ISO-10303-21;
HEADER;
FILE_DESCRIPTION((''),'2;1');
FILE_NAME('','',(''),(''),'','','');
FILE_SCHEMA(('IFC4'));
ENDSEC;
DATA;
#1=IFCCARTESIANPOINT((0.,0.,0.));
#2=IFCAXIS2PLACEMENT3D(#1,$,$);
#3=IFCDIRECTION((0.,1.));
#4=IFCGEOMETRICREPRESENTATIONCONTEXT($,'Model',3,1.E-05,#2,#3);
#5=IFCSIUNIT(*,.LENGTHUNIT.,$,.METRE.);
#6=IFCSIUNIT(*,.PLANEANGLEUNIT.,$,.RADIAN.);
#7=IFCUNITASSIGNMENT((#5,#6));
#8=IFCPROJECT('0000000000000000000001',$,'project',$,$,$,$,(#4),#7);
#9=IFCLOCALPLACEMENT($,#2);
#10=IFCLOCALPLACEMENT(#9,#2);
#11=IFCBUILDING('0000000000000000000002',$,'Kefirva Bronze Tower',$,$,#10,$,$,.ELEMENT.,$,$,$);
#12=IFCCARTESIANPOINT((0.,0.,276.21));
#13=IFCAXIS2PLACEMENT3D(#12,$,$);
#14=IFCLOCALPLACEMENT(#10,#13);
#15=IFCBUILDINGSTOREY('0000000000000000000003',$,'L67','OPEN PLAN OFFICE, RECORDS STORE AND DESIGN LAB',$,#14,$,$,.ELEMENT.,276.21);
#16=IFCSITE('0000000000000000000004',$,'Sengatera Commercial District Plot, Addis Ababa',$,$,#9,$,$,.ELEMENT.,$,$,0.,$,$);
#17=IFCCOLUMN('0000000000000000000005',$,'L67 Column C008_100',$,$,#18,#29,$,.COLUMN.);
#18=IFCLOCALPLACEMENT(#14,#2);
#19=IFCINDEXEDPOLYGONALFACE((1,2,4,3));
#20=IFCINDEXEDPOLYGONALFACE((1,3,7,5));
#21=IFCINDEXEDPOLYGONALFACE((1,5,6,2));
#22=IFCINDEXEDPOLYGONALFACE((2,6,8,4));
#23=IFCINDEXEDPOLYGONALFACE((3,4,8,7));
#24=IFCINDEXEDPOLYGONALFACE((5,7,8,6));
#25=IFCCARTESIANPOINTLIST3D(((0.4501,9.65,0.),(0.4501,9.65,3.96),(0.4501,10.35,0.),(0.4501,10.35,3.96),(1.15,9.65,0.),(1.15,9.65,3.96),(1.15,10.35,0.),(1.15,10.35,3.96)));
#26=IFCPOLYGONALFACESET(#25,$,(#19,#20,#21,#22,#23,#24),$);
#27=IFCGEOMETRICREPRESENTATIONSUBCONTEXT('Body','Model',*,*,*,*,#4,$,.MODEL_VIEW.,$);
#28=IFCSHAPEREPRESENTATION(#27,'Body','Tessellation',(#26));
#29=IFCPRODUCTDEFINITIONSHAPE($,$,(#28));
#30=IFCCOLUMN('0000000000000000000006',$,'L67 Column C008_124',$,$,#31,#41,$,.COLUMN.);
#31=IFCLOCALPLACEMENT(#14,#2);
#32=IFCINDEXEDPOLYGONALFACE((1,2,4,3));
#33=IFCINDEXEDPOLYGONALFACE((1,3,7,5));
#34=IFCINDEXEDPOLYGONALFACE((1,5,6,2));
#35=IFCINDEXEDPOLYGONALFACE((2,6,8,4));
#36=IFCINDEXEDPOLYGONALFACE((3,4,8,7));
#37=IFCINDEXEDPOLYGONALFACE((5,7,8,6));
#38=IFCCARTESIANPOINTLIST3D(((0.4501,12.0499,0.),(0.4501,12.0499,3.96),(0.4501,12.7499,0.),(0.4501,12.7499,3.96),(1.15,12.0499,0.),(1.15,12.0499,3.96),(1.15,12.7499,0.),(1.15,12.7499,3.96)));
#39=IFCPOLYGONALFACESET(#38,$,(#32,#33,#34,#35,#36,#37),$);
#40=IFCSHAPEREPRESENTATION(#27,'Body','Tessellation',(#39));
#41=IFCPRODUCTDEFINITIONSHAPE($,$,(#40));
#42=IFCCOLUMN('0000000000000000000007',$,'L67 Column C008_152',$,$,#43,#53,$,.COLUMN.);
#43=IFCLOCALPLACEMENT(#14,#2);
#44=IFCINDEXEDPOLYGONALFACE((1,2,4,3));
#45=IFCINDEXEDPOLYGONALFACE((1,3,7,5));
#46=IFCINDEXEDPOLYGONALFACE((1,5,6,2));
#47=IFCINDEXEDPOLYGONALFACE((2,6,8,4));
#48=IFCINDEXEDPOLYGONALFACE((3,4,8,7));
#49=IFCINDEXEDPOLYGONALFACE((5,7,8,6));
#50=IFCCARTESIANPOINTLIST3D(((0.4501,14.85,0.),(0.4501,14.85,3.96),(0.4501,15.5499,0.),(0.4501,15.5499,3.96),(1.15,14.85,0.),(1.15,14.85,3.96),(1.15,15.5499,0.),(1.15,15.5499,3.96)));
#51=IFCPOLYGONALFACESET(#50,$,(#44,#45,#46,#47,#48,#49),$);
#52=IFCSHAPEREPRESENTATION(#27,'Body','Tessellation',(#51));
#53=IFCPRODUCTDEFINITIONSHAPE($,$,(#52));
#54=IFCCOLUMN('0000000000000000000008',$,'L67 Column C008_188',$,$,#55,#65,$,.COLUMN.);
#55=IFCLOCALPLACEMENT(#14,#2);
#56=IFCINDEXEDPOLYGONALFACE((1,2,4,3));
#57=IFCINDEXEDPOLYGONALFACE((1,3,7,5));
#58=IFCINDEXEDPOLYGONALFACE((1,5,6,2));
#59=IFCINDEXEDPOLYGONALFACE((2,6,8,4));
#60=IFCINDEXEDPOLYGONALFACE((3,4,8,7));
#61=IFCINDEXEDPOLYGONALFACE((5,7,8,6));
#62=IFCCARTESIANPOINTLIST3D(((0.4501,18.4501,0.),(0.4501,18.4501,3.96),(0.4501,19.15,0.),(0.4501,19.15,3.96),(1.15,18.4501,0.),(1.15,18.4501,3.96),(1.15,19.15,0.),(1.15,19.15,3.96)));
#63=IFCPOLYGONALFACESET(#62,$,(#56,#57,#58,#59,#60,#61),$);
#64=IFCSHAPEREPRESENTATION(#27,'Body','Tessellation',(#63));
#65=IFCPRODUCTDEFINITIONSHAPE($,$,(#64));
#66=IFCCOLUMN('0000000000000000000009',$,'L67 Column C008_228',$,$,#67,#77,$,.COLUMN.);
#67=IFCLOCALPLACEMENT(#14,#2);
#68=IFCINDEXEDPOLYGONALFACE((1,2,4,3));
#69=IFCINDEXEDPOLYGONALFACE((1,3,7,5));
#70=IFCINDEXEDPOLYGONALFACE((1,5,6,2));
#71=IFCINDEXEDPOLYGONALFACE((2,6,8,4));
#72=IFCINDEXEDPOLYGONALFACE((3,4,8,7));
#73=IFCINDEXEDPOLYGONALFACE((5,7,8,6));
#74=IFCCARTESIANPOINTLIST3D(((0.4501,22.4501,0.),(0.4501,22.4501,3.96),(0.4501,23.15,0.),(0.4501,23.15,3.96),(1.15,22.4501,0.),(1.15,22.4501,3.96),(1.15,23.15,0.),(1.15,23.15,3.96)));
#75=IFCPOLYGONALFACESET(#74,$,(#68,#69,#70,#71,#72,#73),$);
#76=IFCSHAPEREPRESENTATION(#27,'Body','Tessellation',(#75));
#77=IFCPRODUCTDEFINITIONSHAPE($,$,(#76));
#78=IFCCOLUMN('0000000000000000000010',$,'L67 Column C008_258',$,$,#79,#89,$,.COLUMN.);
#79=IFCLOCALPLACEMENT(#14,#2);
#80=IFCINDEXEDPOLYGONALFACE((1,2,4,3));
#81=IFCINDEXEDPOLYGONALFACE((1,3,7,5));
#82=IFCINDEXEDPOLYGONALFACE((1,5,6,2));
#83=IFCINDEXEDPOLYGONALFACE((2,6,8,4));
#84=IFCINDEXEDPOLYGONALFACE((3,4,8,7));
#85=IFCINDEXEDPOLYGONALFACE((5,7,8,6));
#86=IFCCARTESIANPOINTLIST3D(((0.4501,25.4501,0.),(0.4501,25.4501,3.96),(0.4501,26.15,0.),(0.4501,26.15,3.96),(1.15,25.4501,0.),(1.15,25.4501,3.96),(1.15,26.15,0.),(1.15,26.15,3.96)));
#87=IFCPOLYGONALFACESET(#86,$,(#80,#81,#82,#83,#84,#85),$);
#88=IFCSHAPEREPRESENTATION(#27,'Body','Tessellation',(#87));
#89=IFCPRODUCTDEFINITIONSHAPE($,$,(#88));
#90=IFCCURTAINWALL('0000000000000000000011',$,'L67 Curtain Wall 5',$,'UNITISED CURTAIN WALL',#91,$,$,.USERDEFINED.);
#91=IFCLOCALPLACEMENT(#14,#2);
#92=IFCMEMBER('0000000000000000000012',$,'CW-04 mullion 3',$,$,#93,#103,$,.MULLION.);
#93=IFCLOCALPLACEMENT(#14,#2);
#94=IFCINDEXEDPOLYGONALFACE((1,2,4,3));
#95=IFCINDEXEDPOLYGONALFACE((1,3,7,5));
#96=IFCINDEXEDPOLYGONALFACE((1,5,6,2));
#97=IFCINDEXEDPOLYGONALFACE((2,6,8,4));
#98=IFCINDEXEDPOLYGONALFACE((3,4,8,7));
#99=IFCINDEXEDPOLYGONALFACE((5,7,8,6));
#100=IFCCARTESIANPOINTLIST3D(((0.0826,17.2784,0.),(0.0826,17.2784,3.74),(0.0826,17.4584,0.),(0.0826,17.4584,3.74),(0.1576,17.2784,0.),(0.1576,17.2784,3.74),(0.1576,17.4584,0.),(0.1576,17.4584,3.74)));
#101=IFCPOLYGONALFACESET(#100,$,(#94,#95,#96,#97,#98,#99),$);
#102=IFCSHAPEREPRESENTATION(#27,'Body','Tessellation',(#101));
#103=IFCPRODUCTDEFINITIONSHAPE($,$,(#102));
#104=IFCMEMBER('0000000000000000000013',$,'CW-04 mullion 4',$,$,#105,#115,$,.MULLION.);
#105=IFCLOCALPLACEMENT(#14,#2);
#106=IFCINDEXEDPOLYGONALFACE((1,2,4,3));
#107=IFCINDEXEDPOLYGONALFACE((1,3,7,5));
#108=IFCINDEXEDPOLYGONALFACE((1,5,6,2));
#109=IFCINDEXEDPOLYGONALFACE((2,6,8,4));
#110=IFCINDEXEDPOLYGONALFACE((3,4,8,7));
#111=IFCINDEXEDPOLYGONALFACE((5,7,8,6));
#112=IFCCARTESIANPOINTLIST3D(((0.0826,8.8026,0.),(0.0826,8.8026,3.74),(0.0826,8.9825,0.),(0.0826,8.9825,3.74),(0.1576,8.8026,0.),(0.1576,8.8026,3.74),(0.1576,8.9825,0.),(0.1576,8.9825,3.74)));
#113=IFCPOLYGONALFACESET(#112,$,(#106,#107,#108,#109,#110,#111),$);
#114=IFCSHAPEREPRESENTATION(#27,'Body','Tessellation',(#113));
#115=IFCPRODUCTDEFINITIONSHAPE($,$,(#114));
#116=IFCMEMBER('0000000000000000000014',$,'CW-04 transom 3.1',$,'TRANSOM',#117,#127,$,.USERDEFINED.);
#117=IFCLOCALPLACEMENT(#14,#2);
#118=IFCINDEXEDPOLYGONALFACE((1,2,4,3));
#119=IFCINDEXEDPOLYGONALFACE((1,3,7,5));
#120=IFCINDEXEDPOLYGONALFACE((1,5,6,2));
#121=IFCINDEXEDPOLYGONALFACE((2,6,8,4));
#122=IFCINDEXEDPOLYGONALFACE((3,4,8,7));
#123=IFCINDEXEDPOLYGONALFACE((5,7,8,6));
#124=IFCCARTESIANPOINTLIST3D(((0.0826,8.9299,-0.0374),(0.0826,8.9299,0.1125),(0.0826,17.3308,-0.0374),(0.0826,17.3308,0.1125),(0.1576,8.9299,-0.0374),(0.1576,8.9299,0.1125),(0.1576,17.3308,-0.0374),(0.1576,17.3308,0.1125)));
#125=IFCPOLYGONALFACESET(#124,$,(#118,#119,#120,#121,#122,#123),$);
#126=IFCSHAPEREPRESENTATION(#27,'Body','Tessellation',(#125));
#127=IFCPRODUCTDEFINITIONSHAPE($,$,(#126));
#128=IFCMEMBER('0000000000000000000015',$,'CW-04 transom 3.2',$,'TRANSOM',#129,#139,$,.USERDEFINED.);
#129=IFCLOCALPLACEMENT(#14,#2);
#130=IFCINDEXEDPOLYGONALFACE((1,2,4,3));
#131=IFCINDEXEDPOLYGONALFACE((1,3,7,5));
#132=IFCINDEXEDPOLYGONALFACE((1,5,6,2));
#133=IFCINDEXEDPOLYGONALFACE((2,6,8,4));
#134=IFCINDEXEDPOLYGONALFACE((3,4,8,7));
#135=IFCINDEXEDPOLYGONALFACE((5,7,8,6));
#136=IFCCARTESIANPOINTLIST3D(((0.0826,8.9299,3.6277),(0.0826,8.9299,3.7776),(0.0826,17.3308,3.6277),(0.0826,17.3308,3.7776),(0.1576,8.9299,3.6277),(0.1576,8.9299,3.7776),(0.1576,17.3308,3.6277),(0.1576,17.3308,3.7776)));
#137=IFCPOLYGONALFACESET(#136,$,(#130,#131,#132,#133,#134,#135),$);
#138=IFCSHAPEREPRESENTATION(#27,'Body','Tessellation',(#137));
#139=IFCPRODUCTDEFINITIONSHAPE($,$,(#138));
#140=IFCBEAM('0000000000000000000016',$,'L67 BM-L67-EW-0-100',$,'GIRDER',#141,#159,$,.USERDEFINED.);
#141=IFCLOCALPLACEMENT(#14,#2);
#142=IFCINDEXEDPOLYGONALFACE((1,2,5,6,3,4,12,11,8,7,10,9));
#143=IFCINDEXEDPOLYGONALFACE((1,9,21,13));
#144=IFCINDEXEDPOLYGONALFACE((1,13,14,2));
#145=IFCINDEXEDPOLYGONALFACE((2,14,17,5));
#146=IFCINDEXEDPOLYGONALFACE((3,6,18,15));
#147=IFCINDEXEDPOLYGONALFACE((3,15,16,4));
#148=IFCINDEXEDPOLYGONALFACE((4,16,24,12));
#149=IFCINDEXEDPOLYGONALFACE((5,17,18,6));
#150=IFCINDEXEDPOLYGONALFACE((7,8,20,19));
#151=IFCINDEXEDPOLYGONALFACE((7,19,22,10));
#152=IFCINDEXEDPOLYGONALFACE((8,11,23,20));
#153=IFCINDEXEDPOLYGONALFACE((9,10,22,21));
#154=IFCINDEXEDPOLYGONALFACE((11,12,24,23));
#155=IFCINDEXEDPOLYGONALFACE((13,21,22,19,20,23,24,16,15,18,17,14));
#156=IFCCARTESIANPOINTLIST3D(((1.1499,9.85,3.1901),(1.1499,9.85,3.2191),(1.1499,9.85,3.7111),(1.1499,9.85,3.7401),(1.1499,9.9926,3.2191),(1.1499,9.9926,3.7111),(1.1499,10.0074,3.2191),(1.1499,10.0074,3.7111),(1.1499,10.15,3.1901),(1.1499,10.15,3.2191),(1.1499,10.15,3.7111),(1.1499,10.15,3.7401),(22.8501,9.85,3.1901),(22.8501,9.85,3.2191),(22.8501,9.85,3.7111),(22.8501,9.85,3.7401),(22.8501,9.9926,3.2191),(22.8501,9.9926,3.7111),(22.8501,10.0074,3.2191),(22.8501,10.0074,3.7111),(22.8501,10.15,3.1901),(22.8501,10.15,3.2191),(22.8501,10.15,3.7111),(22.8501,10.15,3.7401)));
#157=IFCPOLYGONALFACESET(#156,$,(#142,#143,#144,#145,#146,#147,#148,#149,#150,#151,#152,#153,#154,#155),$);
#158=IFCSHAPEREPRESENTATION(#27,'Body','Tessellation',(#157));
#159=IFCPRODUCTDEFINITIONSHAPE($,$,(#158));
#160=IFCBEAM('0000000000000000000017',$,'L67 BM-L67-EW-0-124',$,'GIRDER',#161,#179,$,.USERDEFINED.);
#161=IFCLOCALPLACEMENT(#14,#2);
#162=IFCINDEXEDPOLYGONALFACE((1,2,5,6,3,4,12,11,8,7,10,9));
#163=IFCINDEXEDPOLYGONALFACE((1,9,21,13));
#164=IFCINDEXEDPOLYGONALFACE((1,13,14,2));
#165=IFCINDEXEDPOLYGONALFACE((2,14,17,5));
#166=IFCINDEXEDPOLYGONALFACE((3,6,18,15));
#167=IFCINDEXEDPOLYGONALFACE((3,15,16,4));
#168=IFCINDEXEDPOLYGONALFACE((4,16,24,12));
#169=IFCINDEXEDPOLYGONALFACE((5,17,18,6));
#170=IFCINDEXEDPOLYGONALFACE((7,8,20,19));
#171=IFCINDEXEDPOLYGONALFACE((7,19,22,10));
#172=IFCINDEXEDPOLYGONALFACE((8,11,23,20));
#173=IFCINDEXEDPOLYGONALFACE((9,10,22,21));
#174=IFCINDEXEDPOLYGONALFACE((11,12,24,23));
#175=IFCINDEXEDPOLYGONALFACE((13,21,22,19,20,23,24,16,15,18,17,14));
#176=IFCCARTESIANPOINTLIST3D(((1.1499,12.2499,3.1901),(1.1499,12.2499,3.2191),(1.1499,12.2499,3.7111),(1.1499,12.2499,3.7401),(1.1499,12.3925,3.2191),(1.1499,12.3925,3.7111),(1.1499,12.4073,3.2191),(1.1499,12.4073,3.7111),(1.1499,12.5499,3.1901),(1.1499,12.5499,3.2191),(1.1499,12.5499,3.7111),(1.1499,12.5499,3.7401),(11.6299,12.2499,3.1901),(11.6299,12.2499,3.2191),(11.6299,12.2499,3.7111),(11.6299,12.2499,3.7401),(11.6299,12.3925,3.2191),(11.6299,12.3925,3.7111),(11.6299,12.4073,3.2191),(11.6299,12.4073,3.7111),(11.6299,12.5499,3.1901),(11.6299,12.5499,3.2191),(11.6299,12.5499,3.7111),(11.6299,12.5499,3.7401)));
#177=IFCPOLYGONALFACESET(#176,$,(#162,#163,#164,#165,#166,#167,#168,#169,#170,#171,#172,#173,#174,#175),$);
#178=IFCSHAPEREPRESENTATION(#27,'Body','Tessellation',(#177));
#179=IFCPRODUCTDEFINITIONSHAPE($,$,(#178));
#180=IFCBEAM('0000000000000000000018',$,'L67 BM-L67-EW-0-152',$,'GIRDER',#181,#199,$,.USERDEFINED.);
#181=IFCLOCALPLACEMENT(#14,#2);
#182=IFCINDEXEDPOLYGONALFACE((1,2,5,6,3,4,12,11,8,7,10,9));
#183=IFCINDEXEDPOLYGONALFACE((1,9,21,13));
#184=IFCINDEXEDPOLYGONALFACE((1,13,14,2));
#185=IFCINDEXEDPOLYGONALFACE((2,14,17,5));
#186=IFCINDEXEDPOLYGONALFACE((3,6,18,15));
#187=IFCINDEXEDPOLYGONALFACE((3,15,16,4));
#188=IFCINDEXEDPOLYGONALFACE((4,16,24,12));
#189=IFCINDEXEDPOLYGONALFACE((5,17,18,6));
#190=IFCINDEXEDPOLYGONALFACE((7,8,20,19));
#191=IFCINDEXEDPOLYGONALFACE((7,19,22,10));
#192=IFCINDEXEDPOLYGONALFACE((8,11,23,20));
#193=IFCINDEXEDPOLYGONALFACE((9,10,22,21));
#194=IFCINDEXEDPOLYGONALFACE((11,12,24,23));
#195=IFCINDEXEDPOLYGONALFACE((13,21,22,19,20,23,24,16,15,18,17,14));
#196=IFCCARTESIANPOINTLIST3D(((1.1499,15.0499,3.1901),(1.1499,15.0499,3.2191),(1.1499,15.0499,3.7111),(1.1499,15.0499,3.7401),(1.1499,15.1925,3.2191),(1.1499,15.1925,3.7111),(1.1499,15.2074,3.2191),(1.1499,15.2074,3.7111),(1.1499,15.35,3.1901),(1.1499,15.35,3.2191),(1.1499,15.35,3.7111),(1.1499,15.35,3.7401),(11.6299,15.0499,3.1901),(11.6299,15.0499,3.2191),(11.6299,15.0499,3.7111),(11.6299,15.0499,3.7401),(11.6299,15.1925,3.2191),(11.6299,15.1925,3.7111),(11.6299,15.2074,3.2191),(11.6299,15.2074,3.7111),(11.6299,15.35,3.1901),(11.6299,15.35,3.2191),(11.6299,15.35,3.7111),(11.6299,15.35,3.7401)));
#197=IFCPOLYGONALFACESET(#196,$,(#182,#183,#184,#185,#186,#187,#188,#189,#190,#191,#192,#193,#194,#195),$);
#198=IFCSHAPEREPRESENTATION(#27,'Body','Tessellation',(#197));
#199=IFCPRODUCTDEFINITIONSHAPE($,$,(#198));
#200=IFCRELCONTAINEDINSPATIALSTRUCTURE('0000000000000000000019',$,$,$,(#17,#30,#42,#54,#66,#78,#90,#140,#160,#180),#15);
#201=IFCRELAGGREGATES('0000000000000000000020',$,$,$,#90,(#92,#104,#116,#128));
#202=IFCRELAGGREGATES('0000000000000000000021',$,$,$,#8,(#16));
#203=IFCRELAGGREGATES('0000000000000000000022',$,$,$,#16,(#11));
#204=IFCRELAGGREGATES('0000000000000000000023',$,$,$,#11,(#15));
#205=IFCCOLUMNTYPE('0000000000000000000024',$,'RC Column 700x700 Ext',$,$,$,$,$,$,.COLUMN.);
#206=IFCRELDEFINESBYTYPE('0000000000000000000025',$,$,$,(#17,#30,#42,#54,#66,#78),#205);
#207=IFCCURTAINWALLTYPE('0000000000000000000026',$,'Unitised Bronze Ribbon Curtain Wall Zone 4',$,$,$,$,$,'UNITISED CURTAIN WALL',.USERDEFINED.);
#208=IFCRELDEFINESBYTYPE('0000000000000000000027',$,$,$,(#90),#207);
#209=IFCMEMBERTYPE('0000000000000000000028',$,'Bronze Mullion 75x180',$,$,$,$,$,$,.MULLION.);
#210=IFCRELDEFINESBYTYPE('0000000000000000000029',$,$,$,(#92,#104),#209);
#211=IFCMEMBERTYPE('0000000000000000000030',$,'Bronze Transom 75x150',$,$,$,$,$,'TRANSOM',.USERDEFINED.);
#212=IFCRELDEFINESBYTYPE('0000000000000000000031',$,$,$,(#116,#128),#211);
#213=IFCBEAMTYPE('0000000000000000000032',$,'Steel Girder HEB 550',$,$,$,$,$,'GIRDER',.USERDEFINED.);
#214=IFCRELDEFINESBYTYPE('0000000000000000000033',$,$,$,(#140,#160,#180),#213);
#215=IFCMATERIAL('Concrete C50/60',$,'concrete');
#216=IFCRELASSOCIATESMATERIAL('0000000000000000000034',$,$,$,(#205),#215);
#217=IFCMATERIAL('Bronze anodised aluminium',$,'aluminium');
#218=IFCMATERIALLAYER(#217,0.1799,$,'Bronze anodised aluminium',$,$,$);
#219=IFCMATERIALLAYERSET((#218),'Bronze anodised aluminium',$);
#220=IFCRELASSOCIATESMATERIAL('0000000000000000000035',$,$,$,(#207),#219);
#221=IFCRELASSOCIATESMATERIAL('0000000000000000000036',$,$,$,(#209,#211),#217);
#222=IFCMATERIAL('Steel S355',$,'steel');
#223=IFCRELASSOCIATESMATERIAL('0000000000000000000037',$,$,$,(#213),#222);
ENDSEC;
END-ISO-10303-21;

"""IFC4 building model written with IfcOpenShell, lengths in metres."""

from ifc_helpers import new_model, si_unit, direction, frame, origin, origin_2d, place, context, subcontext, project, spatial, rectangle, i_section, extrude, material, layer, layer_set, material_profile, profile_set, type_object, element, aggregate, save


model = new_model("IFC4")

# Units and contexts
model_context = context("Model", 3, precision=1e-05, world=origin(), true_north=direction((0.0, 1.0)))
body_context = subcontext(model_context, "Body", "Model", "MODEL_VIEW")
ifc_project = project(units=[si_unit("LENGTHUNIT", "METRE"), si_unit("PLANEANGLEUNIT", "RADIAN")], contexts=[model_context])

# Site, building, storey
site_placement = place(None, origin())
site = spatial("IfcSite", under=ifc_project, at=site_placement, Name="Sengatera Commercial District Plot, Addis Ababa", CompositionType="ELEMENT", RefElevation=0.0)
building_placement = place(site_placement, origin())
building = spatial("IfcBuilding", under=site, at=building_placement, Name="Kefirva Bronze Tower", CompositionType="ELEMENT")
storey_placement = place(building_placement, frame((0.0, 0.0, 276.21)))
storey = spatial("IfcBuildingStorey", under=building, at=storey_placement, Name="L67", Description="OPEN PLAN OFFICE, RECORDS STORE AND DESIGN LAB", CompositionType="ELEMENT", Elevation=276.21)

# Columns
ifc_material_1 = material(Name="Concrete C50/60", Category="concrete")
ifc_material_profile_1 = material_profile(ifc_material_1, rectangle(XDim=0.7, YDim=0.7, at=origin_2d()), Name="RC 700x700")
ifc_profile_set_1 = profile_set([ifc_material_profile_1], Name="Concrete C50/60")
column_type = type_object("IfcColumnType", Name="RC Column 700x700 Ext", PredefinedType="COLUMN", material=ifc_profile_set_1)
for number, where, z_axis, x_axis, name in (
    (1, (0.8, 10.0, 0.0), (0.0, 0.0, 1.0), (1.0, 0.0, 0.0), "L67 Column C008_100"),
    (2, (0.8, 12.3999, 0.0), (0.0, 0.0, 1.0), (1.0, 0.0, 0.0), "L67 Column C008_124"),
    (3, (0.8, 15.2, 0.0), (0.0, 0.0, 1.0), (1.0, 0.0, 0.0), "L67 Column C008_152"),
    (4, (0.8, 18.8, 0.0), (0.0, 0.0, 1.0), (1.0, 0.0, 0.0), "L67 Column C008_188"),
    (5, (0.8, 22.8, 0.0), (0.0, 0.0, 1.0), (1.0, 0.0, 0.0), "L67 Column C008_228"),
    (6, (0.8, 25.8, 0.0), (0.0, 0.0, 1.0), (1.0, 0.0, 0.0), "L67 Column C008_258"),
):
    element("IfcColumn", number, at=place(storey_placement, frame(where, z_axis=z_axis, x_axis=x_axis)), inside=storey, type_object=column_type, Name=name, PredefinedType="COLUMN", context=body_context, shape_type="SweptSolid", body=[
        extrude(rectangle(XDim=0.7, YDim=0.7, at=origin_2d()), origin(), (0.0, 0.0, 1.0), 3.96),
    ])

# Curtain wall, members
ifc_material_2 = material(Name="Bronze anodised aluminium", Category="aluminium")
ifc_layer_1 = layer(ifc_material_2, 0.1799, Name="Bronze anodised aluminium")
ifc_layer_set_1 = layer_set([ifc_layer_1], Name="Bronze anodised aluminium")
curtain_wall_type = type_object("IfcCurtainWallType", Name="Unitised Bronze Ribbon Curtain Wall Zone 4", ElementType="UNITISED CURTAIN WALL", PredefinedType="USERDEFINED", material=ifc_layer_set_1)
curtain_wall_placement = place(storey_placement, origin())
curtain_wall = element("IfcCurtainWall", 7, at=curtain_wall_placement, inside=storey, type_object=curtain_wall_type, Name="L67 Curtain Wall 5", ObjectType="UNITISED CURTAIN WALL", PredefinedType="USERDEFINED")
ifc_material_profile_2 = material_profile(ifc_material_2, rectangle(XDim=0.075, YDim=0.1799, at=origin_2d()), Name="ALU 75x180")
ifc_profile_set_2 = profile_set([ifc_material_profile_2], Name="Bronze anodised aluminium")
member_type_1 = type_object("IfcMemberType", Name="Bronze Mullion 75x180", PredefinedType="MULLION", material=ifc_profile_set_2)
member_1_placement = place(storey_placement, frame((0.1201, 17.3684, 0.0), z_axis=(0.0, 0.0, 1.0), x_axis=(1.0, 0.0, 0.0)))
member_1 = element("IfcMember", 8, at=member_1_placement, type_object=member_type_1, Name="CW-04 mullion 3", PredefinedType="MULLION", context=body_context, shape_type="SweptSolid", body=[
    extrude(rectangle(XDim=0.075, YDim=0.1799, at=origin_2d()), origin(), (0.0, 0.0, 1.0), 3.74),
])
member_2_placement = place(storey_placement, frame((0.1201, 8.8926, 0.0), z_axis=(0.0, 0.0, 1.0), x_axis=(1.0, 0.0, 0.0)))
member_2 = element("IfcMember", 9, at=member_2_placement, type_object=member_type_1, Name="CW-04 mullion 4", PredefinedType="MULLION", context=body_context, shape_type="SweptSolid", body=[
    extrude(rectangle(XDim=0.075, YDim=0.1799, at=origin_2d()), origin(), (0.0, 0.0, 1.0), 3.74),
])
ifc_material_profile_3 = material_profile(ifc_material_2, rectangle(XDim=0.075, YDim=0.1499, at=origin_2d()), Name="ALU 75x150")
ifc_profile_set_3 = profile_set([ifc_material_profile_3], Name="Bronze anodised aluminium")
member_type_2 = type_object("IfcMemberType", Name="Bronze Transom 75x150", ElementType="TRANSOM", PredefinedType="USERDEFINED", material=ifc_profile_set_3)
member_3_placement = place(storey_placement, frame((0.1201, 17.3308, 0.0376), z_axis=(0.0, -1.0, 0.0), x_axis=(1.0, 0.0, 0.0)))
member_3 = element("IfcMember", 10, at=member_3_placement, type_object=member_type_2, Name="CW-04 transom 3.1", ObjectType="TRANSOM", PredefinedType="USERDEFINED", context=body_context, shape_type="SweptSolid", body=[
    extrude(rectangle(XDim=0.075, YDim=0.1499, at=origin_2d()), origin(), (0.0, 0.0, 1.0), 8.4009),
])
member_4_placement = place(storey_placement, frame((0.1201, 17.3308, 3.7026), z_axis=(0.0, -1.0, 0.0), x_axis=(1.0, 0.0, 0.0)))
member_4 = element("IfcMember", 11, at=member_4_placement, type_object=member_type_2, Name="CW-04 transom 3.2", ObjectType="TRANSOM", PredefinedType="USERDEFINED", context=body_context, shape_type="SweptSolid", body=[
    extrude(rectangle(XDim=0.075, YDim=0.1499, at=origin_2d()), origin(), (0.0, 0.0, 1.0), 8.4009),
])

# Beams
ifc_material_3 = material(Name="Steel S355", Category="steel")
ifc_material_profile_4 = material_profile(ifc_material_3, i_section(OverallWidth=0.3, OverallDepth=0.55, WebThickness=0.0149, FlangeThickness=0.0291, at=origin_2d()), Name="HEB 550")
ifc_profile_set_4 = profile_set([ifc_material_profile_4], Name="Steel S355")
beam_type_1 = type_object("IfcBeamType", Name="Steel Girder HEB 550", ElementType="GIRDER", PredefinedType="USERDEFINED", material=ifc_profile_set_4)
beam_1_placement = place(storey_placement, frame((1.1499, 10.0, 3.4651), z_axis=(1.0, 0.0, 0.0), x_axis=(0.0, 1.0, 0.0)))
element("IfcBeam", 12, at=beam_1_placement, inside=storey, type_object=beam_type_1, Name="L67 BM-L67-EW-0-100", ObjectType="GIRDER", PredefinedType="USERDEFINED", context=body_context, shape_type="SweptSolid", body=[
    extrude(i_section(OverallWidth=0.3, OverallDepth=0.55, WebThickness=0.0149, FlangeThickness=0.0291, at=origin_2d()), origin(), (0.0, 0.0, 1.0), 21.7002),
])
for number, where, z_axis, x_axis, name in (
    (13, (1.1499, 12.3999, 3.4651), (1.0, 0.0, 0.0), (0.0, 1.0, 0.0), "L67 BM-L67-EW-0-124"),
    (14, (1.1499, 15.2, 3.4651), (1.0, 0.0, 0.0), (0.0, 1.0, 0.0), "L67 BM-L67-EW-0-152"),
):
    element("IfcBeam", number, at=place(storey_placement, frame(where, z_axis=z_axis, x_axis=x_axis)), inside=storey, type_object=beam_type_1, Name=name, ObjectType="GIRDER", PredefinedType="USERDEFINED", context=body_context, shape_type="SweptSolid", body=[
        extrude(i_section(OverallWidth=0.3, OverallDepth=0.55, WebThickness=0.0149, FlangeThickness=0.0291, at=origin_2d()), origin(), (0.0, 0.0, 1.0), 10.48),
    ])

aggregate(curtain_wall, [member_1, member_2, member_3, member_4])

save(model, "model.ifc")
